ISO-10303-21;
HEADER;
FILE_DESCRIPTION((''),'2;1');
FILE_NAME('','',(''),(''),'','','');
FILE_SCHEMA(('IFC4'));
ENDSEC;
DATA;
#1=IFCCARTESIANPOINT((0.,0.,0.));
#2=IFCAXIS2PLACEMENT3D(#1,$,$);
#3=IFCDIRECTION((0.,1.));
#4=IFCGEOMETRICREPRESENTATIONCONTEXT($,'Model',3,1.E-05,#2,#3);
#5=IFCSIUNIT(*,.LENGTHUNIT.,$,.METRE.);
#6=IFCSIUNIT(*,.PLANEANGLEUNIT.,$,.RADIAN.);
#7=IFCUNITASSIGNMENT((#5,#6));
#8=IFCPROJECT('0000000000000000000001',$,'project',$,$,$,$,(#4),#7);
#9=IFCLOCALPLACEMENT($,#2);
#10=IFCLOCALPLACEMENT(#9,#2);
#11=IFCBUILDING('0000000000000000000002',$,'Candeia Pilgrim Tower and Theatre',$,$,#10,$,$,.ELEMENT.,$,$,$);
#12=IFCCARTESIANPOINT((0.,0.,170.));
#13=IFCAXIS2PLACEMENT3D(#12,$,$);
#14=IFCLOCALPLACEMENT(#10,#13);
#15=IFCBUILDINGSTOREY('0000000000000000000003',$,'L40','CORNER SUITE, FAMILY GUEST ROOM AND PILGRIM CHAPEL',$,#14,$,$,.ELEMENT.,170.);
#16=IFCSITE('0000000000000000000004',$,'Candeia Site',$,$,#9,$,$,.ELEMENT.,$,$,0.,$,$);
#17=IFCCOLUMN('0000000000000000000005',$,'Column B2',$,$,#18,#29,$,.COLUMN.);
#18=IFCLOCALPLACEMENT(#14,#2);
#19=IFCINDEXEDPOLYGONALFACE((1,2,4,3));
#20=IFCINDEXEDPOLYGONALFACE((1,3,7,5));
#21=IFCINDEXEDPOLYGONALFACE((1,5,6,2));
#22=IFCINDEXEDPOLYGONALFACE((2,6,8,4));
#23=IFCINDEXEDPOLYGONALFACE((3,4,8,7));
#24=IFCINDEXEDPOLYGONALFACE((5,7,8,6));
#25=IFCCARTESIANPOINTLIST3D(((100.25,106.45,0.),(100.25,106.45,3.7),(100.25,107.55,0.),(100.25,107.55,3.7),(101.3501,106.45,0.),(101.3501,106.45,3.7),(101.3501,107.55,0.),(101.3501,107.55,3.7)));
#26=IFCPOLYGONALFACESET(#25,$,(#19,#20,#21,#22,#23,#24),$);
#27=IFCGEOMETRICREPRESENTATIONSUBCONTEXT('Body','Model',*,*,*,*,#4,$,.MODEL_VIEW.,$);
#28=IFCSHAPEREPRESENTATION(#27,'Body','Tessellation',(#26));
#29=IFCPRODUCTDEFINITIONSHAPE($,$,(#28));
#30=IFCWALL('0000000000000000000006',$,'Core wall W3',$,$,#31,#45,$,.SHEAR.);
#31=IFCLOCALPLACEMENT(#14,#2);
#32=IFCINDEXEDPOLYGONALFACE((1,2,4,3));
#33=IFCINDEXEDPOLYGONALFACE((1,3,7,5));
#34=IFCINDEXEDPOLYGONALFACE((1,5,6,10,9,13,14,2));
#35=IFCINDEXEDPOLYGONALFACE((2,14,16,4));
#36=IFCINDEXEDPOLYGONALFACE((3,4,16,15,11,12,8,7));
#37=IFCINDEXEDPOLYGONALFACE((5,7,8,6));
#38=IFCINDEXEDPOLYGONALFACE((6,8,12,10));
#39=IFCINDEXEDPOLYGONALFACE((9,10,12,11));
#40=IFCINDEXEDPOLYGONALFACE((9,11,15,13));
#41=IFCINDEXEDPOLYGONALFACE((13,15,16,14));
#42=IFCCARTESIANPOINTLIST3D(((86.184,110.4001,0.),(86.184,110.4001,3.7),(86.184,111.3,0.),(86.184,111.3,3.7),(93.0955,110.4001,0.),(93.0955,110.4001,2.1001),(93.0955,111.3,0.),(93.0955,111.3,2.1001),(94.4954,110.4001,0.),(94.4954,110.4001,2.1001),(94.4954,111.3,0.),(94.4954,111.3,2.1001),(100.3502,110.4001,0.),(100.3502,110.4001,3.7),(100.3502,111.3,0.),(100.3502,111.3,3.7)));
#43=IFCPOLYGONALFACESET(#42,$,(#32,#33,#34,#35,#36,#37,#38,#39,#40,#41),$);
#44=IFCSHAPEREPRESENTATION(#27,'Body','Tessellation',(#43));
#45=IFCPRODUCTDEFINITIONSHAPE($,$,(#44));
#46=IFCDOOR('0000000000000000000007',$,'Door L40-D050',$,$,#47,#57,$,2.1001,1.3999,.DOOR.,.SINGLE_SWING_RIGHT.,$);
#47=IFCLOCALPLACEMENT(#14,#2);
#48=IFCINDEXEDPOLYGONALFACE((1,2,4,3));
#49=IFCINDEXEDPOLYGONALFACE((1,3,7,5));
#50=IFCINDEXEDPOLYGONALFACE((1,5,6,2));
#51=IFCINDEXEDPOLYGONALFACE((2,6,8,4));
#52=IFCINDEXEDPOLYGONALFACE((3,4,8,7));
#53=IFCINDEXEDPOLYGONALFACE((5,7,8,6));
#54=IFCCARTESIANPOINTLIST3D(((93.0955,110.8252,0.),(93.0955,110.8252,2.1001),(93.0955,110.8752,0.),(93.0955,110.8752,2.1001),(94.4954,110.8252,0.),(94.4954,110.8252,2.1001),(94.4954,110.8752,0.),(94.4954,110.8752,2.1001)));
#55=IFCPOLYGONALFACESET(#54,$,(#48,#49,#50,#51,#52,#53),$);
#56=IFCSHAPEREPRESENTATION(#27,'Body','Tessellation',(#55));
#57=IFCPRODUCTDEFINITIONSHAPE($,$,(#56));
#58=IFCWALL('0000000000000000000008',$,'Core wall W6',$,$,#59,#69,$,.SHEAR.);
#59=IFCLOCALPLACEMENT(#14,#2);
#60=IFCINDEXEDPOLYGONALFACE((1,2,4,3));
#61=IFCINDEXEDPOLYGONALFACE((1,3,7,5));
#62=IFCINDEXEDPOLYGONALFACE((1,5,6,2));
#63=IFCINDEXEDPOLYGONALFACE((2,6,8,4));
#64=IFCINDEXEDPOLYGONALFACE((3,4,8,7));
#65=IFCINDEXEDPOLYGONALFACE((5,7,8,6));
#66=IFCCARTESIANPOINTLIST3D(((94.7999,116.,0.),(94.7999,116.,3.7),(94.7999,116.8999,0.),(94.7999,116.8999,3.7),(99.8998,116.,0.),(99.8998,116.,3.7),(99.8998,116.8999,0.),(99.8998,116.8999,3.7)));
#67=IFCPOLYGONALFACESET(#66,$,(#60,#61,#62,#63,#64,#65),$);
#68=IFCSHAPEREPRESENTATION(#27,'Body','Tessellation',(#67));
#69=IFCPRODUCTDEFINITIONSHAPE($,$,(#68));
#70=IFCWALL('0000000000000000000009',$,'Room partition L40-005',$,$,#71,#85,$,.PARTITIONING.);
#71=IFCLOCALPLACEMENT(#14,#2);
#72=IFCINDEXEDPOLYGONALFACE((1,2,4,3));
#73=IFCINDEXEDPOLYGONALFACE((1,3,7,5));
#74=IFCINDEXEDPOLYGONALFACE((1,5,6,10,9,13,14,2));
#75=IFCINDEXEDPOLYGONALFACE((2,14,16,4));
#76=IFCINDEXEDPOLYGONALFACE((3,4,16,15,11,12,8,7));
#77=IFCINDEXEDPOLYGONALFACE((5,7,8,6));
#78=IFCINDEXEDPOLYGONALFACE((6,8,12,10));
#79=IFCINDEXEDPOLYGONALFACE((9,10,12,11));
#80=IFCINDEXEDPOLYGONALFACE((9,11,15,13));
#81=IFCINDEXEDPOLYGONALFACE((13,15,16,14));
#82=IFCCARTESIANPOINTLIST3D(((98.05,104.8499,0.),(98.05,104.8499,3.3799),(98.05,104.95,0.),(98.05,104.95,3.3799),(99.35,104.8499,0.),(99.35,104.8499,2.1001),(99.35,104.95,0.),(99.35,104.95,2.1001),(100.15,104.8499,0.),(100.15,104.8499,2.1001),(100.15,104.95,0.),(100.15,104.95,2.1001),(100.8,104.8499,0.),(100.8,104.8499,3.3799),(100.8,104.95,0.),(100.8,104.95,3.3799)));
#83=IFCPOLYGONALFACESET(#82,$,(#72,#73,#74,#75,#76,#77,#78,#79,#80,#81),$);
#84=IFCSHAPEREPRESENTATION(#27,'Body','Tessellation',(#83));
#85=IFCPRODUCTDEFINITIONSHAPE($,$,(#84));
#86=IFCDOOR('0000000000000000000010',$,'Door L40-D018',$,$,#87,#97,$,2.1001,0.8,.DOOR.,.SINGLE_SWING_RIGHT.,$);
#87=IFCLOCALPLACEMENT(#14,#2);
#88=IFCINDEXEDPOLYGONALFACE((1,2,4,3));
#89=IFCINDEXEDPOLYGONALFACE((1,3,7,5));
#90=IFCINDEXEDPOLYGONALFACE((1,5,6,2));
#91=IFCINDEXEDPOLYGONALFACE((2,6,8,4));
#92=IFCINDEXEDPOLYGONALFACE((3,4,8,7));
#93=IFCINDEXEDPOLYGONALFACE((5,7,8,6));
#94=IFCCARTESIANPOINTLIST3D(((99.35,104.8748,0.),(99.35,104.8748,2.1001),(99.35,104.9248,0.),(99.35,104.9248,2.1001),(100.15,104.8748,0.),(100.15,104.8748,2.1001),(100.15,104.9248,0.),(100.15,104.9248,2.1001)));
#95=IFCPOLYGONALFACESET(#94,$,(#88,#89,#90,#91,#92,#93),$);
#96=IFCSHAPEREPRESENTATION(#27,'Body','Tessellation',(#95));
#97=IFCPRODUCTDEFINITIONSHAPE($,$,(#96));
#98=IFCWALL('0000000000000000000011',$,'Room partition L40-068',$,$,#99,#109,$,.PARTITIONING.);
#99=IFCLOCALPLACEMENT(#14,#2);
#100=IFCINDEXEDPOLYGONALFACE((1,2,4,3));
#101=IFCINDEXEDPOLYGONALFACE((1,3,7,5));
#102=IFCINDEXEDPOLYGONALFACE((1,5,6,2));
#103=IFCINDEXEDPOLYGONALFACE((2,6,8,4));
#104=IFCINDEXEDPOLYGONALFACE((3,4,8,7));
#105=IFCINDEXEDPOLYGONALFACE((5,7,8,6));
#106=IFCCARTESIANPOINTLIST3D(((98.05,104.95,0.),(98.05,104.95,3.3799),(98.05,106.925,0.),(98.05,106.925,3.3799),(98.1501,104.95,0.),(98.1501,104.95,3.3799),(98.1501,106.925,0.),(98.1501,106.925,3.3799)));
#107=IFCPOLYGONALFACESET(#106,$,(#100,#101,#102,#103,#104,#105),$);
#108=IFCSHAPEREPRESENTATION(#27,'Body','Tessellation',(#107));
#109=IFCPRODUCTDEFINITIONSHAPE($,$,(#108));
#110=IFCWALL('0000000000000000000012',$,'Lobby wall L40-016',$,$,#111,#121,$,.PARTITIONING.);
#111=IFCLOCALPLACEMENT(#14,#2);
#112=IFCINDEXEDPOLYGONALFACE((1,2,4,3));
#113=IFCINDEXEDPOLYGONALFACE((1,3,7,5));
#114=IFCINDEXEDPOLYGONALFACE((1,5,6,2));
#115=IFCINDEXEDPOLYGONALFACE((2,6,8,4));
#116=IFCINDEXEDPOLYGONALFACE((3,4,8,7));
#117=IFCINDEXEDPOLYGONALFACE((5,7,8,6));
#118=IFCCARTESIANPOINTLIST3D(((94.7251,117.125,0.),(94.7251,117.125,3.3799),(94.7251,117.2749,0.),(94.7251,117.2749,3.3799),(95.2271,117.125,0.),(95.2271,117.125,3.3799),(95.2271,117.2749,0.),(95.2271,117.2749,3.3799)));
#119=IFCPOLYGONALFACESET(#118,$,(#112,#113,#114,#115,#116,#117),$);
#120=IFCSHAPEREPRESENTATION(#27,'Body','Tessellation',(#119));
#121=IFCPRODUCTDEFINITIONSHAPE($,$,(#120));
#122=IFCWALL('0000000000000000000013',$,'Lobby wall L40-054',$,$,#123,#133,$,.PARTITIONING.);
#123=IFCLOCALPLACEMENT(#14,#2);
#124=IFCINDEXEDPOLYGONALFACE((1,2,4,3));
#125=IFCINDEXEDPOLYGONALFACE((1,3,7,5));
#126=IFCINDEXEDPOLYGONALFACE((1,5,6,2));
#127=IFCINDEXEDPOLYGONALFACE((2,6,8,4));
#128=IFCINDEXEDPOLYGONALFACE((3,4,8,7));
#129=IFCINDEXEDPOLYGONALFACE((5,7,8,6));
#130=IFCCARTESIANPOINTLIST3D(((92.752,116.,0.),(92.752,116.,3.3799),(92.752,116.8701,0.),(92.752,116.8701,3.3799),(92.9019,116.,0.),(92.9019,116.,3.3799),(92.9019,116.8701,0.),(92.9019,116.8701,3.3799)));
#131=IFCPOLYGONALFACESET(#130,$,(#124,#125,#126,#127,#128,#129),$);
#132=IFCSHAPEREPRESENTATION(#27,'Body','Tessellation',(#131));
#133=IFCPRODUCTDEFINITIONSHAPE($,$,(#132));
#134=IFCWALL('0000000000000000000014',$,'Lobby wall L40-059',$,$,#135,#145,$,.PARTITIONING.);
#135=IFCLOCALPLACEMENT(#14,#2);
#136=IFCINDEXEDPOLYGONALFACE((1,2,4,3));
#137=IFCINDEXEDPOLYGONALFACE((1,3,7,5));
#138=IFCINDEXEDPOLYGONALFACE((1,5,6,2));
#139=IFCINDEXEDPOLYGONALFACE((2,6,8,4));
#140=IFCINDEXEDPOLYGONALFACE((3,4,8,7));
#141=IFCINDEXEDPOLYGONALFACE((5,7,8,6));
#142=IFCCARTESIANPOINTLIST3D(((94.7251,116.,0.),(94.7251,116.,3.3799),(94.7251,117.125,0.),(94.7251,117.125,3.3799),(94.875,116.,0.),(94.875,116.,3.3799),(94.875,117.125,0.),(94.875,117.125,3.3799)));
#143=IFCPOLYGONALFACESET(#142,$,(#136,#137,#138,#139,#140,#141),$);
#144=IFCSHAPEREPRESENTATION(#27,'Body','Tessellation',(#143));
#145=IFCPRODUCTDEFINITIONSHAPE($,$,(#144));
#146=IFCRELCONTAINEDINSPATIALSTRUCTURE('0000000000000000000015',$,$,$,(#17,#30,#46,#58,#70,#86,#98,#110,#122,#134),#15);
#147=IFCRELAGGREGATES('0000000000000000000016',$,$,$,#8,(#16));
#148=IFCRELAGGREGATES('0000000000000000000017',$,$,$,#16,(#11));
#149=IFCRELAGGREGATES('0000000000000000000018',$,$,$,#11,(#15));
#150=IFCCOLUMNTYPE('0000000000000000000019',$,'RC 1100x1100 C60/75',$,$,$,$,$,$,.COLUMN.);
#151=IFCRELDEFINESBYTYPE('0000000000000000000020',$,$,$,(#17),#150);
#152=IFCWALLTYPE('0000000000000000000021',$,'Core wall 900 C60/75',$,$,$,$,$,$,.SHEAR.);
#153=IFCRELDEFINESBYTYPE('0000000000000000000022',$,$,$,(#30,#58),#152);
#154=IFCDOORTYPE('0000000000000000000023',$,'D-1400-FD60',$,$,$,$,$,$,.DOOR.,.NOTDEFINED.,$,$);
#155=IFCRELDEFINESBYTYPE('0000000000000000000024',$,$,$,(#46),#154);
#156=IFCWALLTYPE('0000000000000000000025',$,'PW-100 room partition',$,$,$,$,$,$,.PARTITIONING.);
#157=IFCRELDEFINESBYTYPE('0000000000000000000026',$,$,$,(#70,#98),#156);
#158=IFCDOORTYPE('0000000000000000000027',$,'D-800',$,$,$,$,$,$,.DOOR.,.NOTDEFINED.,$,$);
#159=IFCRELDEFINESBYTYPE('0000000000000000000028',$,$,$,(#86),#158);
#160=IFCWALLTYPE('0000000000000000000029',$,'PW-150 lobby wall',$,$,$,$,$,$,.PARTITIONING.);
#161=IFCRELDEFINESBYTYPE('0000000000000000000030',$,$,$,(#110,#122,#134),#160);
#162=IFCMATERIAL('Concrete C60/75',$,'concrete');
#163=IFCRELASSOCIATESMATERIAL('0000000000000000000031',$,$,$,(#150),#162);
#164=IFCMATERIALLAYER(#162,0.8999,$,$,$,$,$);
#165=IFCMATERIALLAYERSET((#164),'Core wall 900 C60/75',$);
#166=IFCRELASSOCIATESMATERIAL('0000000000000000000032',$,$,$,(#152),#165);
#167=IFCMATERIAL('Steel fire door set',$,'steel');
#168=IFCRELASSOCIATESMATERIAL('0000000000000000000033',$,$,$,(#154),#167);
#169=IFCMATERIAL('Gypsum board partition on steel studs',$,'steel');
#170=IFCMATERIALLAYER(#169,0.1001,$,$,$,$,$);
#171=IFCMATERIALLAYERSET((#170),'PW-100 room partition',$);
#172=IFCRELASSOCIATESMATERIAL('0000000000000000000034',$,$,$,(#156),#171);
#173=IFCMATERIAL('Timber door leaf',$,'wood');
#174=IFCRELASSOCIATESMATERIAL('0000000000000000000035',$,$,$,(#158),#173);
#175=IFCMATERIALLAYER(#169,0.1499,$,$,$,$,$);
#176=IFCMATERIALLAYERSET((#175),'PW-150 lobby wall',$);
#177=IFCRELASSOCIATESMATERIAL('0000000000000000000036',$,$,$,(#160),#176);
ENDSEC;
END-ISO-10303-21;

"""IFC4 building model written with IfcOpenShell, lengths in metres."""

from ifc_helpers import new_model, si_unit, direction, frame, frame_2d, origin, origin_2d, place, context, subcontext, project, spatial, rectangle, extrude, material, layer, layer_set, material_profile, profile_set, type_object, element, fill, save


model = new_model("IFC4")

# Units and contexts
model_context = context("Model", 3, precision=1e-05, world=origin(), true_north=direction((0.0, 1.0)))
body_context = subcontext(model_context, "Body", "Model", "MODEL_VIEW")
ifc_project = project(units=[si_unit("LENGTHUNIT", "METRE"), si_unit("PLANEANGLEUNIT", "RADIAN")], contexts=[model_context])

# Site, building, storey
site_placement = place(None, origin())
site = spatial("IfcSite", under=ifc_project, at=site_placement, Name="Candeia Site", CompositionType="ELEMENT", RefElevation=0.0)
building_placement = place(site_placement, origin())
building = spatial("IfcBuilding", under=site, at=building_placement, Name="Candeia Pilgrim Tower and Theatre", CompositionType="ELEMENT")
storey_placement = place(building_placement, frame((0.0, 0.0, 170.0)))
storey = spatial("IfcBuildingStorey", under=building, at=storey_placement, Name="L40", Description="CORNER SUITE, FAMILY GUEST ROOM AND PILGRIM CHAPEL", CompositionType="ELEMENT", Elevation=170.0)

# Column
ifc_material_1 = material(Name="Concrete C60/75", Category="concrete")
ifc_material_profile = material_profile(ifc_material_1, rectangle(XDim=1.1001, YDim=1.1001, at=origin_2d()))
ifc_profile_set = profile_set([ifc_material_profile], Name="Concrete C60/75")
column_type = type_object("IfcColumnType", Name="RC 1100x1100 C60/75", PredefinedType="COLUMN", material=ifc_profile_set)
column_placement = place(storey_placement, frame((100.8, 107.0, 0.0), z_axis=(0.0, 0.0, 1.0), x_axis=(1.0, 0.0, 0.0)))
element("IfcColumn", 1, at=column_placement, inside=storey, type_object=column_type, Name="Column B2", PredefinedType="COLUMN", context=body_context, shape_type="SweptSolid", body=[
    extrude(rectangle(XDim=1.1001, YDim=1.1001, at=origin_2d()), origin(), (0.0, 0.0, 1.0), 3.7),
])

# Wall, opening, door
ifc_layer_1 = layer(ifc_material_1, 0.8999)
ifc_layer_set_1 = layer_set([ifc_layer_1], Name="Core wall 900 C60/75")
wall_type_1 = type_object("IfcWallType", Name="Core wall 900 C60/75", PredefinedType="SHEAR", material=ifc_layer_set_1)
wall_1_placement = place(storey_placement, frame((100.3501, 110.8501, 0.0), z_axis=(0.0, 0.0, 1.0), x_axis=(-1.0, 0.0, 0.0)))
wall_1 = element("IfcWall", 2, at=wall_1_placement, inside=storey, type_object=wall_type_1, Name="Core wall W3", PredefinedType="SHEAR", context=body_context, shape_type="SweptSolid", body=[
    extrude(rectangle(XDim=14.1663, YDim=0.8999, at=frame_2d((7.083, 0.0))), origin(), (0.0, 0.0, 1.0), 3.7),
])
opening_1_placement = place(wall_1_placement, frame((5.8547, 0.0, 0.0)))
opening_1 = element("IfcOpeningElement", 3, at=opening_1_placement, cuts=wall_1, PredefinedType="OPENING", context=body_context, shape_type="SweptSolid", body=[
    extrude(rectangle(XDim=1.3999, YDim=2.1001, at=frame_2d((0.7, 1.05))), frame((0.0, 0.46, 0.0), z_axis=(0.0, -1.0, 0.0), x_axis=(1.0, 0.0, 0.0)), (0.0, 0.0, 1.0), 0.9199),
])
ifc_material_2 = material(Name="Steel fire door set", Category="steel")
door_type_1 = type_object("IfcDoorType", Name="D-1400-FD60", OperationType="NOTDEFINED", PredefinedType="DOOR", material=ifc_material_2)
door_1_placement = place(opening_1_placement, origin())
door_1 = element("IfcDoor", 4, at=door_1_placement, inside=storey, type_object=door_type_1, Name="Door L40-D050", OperationType="SINGLE_SWING_RIGHT", OverallHeight=2.1001, OverallWidth=1.3999, PredefinedType="DOOR", context=body_context, shape_type="SweptSolid", body=[
    extrude(rectangle(XDim=1.3999, YDim=2.1001, at=frame_2d((0.7, 1.05))), frame((0.0, 0.0249, 0.0), z_axis=(0.0, -1.0, 0.0), x_axis=(1.0, 0.0, 0.0)), (0.0, 0.0, 1.0), 0.05),
])
fill(opening_1, door_1)

# Wall
wall_2_placement = place(storey_placement, frame((94.8, 116.45, 0.0), z_axis=(0.0, 0.0, 1.0), x_axis=(1.0, 0.0, 0.0)))
element("IfcWall", 5, at=wall_2_placement, inside=storey, type_object=wall_type_1, Name="Core wall W6", PredefinedType="SHEAR", context=body_context, shape_type="SweptSolid", body=[
    extrude(rectangle(XDim=5.0999, YDim=0.8999, at=frame_2d((2.5498, 0.0))), origin(), (0.0, 0.0, 1.0), 3.7),
])

# Wall, opening, door
ifc_material_3 = material(Name="Gypsum board partition on steel studs", Category="steel")
ifc_layer_2 = layer(ifc_material_3, 0.1001)
ifc_layer_set_2 = layer_set([ifc_layer_2], Name="PW-100 room partition")
wall_type_2 = type_object("IfcWallType", Name="PW-100 room partition", PredefinedType="PARTITIONING", material=ifc_layer_set_2)
wall_3_placement = place(storey_placement, frame((98.05, 104.8999, 0.0), z_axis=(0.0, 0.0, 1.0), x_axis=(1.0, 0.0, 0.0)))
wall_3 = element("IfcWall", 6, at=wall_3_placement, inside=storey, type_object=wall_type_2, Name="Room partition L40-005", PredefinedType="PARTITIONING", context=body_context, shape_type="SweptSolid", body=[
    extrude(rectangle(XDim=2.75, YDim=0.1001, at=frame_2d((1.375, 0.0))), origin(), (0.0, 0.0, 1.0), 3.3799),
])
opening_2_placement = place(wall_3_placement, frame((1.3, 0.0, 0.0)))
opening_2 = element("IfcOpeningElement", 7, at=opening_2_placement, cuts=wall_3, PredefinedType="OPENING", context=body_context, shape_type="SweptSolid", body=[
    extrude(rectangle(XDim=0.8, YDim=2.1001, at=frame_2d((0.3999, 1.05))), frame((0.0, 0.0601, 0.0), z_axis=(0.0, -1.0, 0.0), x_axis=(1.0, 0.0, 0.0)), (0.0, 0.0, 1.0), 0.1201),
])
ifc_material_4 = material(Name="Timber door leaf", Category="wood")
door_type_2 = type_object("IfcDoorType", Name="D-800", OperationType="NOTDEFINED", PredefinedType="DOOR", material=ifc_material_4)
door_2_placement = place(opening_2_placement, origin())
door_2 = element("IfcDoor", 8, at=door_2_placement, inside=storey, type_object=door_type_2, Name="Door L40-D018", OperationType="SINGLE_SWING_RIGHT", OverallHeight=2.1001, OverallWidth=0.8, PredefinedType="DOOR", context=body_context, shape_type="SweptSolid", body=[
    extrude(rectangle(XDim=0.8, YDim=2.1001, at=frame_2d((0.3999, 1.05))), frame((0.0, 0.0249, 0.0), z_axis=(0.0, -1.0, 0.0), x_axis=(1.0, 0.0, 0.0)), (0.0, 0.0, 1.0), 0.05),
])
fill(opening_2, door_2)

# Walls
wall_4_placement = place(storey_placement, frame((98.1001, 104.95, 0.0), z_axis=(0.0, 0.0, 1.0), x_axis=(0.0, 1.0, 0.0)))
element("IfcWall", 9, at=wall_4_placement, inside=storey, type_object=wall_type_2, Name="Room partition L40-068", PredefinedType="PARTITIONING", context=body_context, shape_type="SweptSolid", body=[
    extrude(rectangle(XDim=1.9751, YDim=0.1001, at=frame_2d((0.9875, 0.0))), origin(), (0.0, 0.0, 1.0), 3.3799),
])
ifc_layer_3 = layer(ifc_material_3, 0.1499)
ifc_layer_set_3 = layer_set([ifc_layer_3], Name="PW-150 lobby wall")
wall_type_3 = type_object("IfcWallType", Name="PW-150 lobby wall", PredefinedType="PARTITIONING", material=ifc_layer_set_3)
wall_5_placement = place(storey_placement, frame((94.7251, 117.2, 0.0), z_axis=(0.0, 0.0, 1.0), x_axis=(1.0, 0.0, 0.0)))
element("IfcWall", 10, at=wall_5_placement, inside=storey, type_object=wall_type_3, Name="Lobby wall L40-016", PredefinedType="PARTITIONING", context=body_context, shape_type="SweptSolid", body=[
    extrude(rectangle(XDim=0.502, YDim=0.1499, at=frame_2d((0.251, 0.0))), origin(), (0.0, 0.0, 1.0), 3.3799),
])
wall_6_placement = place(storey_placement, frame((92.8269, 116.0, 0.0), z_axis=(0.0, 0.0, 1.0), x_axis=(0.0, 1.0, 0.0)))
element("IfcWall", 11, at=wall_6_placement, inside=storey, type_object=wall_type_3, Name="Lobby wall L40-054", PredefinedType="PARTITIONING", context=body_context, shape_type="SweptSolid", body=[
    extrude(rectangle(XDim=0.8701, YDim=0.1499, at=frame_2d((0.4351, 0.0))), origin(), (0.0, 0.0, 1.0), 3.3799),
])
wall_7_placement = place(storey_placement, frame((94.8, 116.0, 0.0), z_axis=(0.0, 0.0, 1.0), x_axis=(0.0, 1.0, 0.0)))
element("IfcWall", 12, at=wall_7_placement, inside=storey, type_object=wall_type_3, Name="Lobby wall L40-059", PredefinedType="PARTITIONING", context=body_context, shape_type="SweptSolid", body=[
    extrude(rectangle(XDim=1.125, YDim=0.1499, at=frame_2d((0.5625, 0.0))), origin(), (0.0, 0.0, 1.0), 3.3799),
])

save(model, "model.ifc")
